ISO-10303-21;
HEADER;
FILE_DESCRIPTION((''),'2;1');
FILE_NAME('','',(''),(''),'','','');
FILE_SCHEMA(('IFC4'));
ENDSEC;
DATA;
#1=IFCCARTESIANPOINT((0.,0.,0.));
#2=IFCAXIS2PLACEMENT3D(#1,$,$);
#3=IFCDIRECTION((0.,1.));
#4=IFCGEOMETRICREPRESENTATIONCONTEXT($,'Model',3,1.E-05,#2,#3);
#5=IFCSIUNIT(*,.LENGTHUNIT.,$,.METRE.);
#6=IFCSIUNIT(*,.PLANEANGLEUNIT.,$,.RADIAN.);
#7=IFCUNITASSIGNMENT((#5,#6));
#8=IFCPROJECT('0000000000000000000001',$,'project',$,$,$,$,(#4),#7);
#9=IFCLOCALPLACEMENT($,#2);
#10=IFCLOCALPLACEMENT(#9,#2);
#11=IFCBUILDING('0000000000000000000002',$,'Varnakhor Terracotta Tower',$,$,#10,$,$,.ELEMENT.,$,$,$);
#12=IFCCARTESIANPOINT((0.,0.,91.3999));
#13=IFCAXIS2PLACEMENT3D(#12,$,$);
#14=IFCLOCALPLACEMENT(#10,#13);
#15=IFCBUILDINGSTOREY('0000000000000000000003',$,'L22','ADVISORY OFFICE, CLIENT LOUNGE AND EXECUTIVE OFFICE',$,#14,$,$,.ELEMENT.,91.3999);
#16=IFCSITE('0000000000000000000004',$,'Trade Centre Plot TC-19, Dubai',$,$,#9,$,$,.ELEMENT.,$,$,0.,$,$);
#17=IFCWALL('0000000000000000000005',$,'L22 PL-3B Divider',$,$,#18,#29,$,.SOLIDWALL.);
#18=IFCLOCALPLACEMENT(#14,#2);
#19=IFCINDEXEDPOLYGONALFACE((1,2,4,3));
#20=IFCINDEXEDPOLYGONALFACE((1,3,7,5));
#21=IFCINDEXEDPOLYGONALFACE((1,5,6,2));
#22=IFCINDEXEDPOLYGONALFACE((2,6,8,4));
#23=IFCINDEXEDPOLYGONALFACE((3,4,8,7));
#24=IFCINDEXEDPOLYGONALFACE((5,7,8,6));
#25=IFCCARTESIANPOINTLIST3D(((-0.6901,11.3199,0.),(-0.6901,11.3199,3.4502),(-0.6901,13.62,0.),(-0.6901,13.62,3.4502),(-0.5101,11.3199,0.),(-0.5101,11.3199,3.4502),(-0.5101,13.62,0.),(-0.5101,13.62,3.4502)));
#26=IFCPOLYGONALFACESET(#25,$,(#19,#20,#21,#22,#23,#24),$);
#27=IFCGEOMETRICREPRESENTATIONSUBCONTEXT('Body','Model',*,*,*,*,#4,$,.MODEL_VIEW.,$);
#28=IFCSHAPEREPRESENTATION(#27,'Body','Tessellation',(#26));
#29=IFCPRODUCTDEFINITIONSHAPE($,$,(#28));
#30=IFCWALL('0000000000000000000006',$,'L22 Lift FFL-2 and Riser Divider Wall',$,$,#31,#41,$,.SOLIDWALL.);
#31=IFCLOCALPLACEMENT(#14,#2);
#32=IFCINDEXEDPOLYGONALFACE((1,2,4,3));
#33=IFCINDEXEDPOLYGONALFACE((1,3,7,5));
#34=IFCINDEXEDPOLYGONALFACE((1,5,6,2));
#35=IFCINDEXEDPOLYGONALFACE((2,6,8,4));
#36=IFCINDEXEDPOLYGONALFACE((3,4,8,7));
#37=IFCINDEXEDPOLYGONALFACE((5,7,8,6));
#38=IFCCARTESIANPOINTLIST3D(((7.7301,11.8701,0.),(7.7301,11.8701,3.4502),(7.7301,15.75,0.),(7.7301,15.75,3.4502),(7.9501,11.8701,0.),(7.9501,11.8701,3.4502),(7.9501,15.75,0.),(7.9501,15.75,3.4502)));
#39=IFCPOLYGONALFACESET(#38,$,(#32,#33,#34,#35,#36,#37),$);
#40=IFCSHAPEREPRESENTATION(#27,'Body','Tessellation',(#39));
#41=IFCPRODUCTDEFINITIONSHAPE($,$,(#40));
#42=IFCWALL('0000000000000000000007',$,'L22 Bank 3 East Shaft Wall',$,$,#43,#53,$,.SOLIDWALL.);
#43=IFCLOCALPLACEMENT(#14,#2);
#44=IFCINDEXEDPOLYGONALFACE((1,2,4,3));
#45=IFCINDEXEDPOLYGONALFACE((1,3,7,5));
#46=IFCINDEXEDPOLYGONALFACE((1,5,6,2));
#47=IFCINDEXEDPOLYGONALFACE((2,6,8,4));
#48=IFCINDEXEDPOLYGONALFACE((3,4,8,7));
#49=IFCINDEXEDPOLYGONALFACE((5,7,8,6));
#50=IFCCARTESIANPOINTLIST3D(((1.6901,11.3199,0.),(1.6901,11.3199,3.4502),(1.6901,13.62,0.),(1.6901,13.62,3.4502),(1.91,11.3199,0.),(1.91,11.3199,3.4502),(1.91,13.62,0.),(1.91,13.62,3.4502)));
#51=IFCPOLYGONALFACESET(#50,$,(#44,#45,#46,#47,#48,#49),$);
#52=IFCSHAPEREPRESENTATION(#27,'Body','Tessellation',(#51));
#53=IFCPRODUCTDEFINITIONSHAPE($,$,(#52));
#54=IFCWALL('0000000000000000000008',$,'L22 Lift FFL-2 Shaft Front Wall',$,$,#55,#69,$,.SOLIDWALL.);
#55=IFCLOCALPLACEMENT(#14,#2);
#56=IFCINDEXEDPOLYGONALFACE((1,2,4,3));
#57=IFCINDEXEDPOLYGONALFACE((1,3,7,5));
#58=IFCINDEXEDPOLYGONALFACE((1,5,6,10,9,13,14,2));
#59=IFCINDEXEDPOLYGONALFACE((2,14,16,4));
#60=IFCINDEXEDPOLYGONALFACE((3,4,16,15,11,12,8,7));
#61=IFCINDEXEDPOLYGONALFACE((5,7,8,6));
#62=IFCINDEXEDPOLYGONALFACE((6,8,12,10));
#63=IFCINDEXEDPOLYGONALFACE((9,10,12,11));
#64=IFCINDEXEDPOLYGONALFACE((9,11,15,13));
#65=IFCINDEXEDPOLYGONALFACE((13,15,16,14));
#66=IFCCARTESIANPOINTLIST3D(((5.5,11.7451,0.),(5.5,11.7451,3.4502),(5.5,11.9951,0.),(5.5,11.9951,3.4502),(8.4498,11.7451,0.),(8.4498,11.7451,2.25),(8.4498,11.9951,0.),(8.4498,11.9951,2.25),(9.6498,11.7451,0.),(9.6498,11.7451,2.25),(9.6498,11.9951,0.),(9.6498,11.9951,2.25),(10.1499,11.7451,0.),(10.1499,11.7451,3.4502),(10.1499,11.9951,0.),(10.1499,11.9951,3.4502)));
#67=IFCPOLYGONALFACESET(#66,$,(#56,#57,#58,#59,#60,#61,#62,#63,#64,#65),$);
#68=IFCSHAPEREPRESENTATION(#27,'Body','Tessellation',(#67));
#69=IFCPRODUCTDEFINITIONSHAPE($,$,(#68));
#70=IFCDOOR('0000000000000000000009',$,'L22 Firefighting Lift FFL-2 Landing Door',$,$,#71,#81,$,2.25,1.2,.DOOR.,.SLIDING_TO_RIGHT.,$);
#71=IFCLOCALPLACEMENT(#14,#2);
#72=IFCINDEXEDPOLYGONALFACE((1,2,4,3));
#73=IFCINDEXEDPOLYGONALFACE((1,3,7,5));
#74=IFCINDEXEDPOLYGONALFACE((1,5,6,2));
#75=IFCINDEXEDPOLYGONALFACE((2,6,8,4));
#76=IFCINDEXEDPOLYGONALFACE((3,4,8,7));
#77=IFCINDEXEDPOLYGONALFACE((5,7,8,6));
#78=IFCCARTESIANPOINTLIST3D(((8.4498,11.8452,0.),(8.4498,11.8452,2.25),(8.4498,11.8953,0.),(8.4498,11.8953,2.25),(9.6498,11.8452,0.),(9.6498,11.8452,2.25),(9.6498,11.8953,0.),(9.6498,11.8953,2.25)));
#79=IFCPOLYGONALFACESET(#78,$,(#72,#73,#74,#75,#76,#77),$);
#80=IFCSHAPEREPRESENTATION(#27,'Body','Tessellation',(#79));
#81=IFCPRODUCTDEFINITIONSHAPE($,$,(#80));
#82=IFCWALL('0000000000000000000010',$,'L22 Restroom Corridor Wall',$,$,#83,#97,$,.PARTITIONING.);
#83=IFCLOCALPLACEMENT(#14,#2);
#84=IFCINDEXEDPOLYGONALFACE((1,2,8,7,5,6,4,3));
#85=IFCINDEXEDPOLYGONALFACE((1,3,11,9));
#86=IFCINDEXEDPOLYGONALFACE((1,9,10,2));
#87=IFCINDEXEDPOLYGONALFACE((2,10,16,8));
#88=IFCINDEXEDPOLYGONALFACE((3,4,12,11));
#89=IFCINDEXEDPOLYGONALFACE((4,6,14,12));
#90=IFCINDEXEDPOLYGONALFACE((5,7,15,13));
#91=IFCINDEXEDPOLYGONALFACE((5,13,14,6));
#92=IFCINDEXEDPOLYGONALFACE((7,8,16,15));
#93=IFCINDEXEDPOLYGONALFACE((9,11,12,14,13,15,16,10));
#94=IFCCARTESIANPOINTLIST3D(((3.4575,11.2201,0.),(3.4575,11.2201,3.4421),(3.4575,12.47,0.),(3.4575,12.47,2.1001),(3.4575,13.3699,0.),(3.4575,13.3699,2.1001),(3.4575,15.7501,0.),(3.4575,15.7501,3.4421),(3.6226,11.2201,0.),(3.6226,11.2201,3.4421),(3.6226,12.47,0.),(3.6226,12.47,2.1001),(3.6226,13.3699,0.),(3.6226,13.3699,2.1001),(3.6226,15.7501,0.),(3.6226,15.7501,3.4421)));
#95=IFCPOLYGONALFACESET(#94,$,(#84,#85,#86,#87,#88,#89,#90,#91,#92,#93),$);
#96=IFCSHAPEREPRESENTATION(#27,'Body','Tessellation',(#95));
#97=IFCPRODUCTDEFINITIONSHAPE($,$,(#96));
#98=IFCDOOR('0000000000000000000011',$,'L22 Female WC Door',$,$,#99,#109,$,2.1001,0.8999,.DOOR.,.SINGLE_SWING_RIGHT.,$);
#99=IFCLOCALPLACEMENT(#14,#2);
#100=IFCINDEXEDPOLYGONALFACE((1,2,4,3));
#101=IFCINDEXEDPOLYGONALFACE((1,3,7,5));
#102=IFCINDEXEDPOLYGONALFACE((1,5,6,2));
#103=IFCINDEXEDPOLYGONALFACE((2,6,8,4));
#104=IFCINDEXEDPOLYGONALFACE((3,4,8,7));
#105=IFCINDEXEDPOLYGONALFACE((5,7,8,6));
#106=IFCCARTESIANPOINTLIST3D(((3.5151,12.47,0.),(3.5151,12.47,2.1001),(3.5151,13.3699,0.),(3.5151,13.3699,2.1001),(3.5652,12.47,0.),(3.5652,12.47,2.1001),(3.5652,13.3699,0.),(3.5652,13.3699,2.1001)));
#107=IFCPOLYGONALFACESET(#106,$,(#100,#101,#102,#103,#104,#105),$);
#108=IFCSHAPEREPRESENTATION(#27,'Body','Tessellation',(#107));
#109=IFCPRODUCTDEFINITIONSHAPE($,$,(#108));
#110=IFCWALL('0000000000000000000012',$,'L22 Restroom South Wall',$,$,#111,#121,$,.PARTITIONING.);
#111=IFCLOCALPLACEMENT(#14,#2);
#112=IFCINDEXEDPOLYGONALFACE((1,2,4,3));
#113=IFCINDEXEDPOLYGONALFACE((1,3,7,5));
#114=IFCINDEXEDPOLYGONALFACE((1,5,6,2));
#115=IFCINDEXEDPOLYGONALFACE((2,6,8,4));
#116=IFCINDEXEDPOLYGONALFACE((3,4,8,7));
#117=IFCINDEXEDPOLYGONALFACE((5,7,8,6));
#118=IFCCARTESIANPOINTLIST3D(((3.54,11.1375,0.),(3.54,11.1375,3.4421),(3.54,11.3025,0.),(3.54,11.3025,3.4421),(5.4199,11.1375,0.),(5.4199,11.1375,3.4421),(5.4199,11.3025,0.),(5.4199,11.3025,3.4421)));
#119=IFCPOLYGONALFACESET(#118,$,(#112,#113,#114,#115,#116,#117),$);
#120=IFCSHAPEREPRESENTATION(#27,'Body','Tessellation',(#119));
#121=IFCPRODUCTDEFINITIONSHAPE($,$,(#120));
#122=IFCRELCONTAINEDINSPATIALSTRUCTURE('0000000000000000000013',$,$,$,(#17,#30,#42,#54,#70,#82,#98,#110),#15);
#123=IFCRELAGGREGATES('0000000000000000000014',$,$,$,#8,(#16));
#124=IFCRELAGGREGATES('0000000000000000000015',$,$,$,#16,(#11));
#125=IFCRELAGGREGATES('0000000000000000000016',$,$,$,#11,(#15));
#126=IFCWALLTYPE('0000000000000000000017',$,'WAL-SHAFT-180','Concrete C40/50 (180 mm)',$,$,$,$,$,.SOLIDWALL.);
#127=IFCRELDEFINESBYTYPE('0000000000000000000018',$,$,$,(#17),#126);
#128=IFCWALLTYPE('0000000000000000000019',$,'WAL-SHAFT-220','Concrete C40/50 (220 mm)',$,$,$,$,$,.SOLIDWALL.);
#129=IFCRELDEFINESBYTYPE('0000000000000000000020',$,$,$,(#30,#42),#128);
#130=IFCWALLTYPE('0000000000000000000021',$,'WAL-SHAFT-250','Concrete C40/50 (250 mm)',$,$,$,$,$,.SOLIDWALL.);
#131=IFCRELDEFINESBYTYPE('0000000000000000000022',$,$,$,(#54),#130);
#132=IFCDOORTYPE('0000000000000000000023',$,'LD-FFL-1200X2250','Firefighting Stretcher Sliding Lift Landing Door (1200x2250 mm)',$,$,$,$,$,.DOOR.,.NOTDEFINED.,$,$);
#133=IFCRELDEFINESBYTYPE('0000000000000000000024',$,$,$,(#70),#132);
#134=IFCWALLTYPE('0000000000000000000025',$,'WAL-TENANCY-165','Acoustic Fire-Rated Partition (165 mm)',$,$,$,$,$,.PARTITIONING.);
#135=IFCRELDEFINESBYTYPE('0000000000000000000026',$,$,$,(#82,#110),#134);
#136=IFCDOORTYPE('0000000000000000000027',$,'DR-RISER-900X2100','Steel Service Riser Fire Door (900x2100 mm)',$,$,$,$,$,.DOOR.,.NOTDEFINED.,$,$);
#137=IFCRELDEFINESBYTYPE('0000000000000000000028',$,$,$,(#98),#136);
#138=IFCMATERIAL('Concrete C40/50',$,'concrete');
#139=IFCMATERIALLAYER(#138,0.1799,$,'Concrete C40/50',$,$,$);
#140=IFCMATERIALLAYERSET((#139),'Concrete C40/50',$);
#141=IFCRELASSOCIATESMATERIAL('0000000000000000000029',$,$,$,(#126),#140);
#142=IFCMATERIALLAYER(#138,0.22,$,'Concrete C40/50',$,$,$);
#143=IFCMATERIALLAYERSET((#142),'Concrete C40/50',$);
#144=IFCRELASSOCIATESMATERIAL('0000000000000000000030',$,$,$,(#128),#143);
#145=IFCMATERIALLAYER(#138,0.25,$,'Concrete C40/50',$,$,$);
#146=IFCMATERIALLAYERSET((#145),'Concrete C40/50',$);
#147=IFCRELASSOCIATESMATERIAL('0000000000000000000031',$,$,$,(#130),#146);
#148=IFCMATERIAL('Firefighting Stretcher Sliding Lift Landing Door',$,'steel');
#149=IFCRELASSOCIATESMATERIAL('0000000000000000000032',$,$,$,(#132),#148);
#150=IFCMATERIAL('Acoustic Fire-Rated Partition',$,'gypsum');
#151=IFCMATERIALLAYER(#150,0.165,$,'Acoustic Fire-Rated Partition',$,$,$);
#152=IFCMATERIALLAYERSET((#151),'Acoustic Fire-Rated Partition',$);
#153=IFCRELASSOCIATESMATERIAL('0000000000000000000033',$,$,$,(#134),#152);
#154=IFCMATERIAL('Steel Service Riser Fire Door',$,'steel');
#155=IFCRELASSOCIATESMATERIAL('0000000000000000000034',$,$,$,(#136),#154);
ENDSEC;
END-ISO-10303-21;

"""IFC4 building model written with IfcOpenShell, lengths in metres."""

from ifc_helpers import new_model, si_unit, direction, frame, frame_2d, origin, place, context, subcontext, project, spatial, rectangle, extrude, source, transform, mapped, material, layer, layer_set, type_object, type_shapes, element, fill, save


model = new_model("IFC4")

# Units and contexts
model_context = context("Model", 3, precision=1e-05, world=origin(), true_north=direction((0.0, 1.0)))
body_context = subcontext(model_context, "Body", "Model", "MODEL_VIEW")
ifc_project = project(units=[si_unit("LENGTHUNIT", "METRE"), si_unit("PLANEANGLEUNIT", "RADIAN")], contexts=[model_context])

# Site, building, storey
site_placement = place(None, origin())
site = spatial("IfcSite", under=ifc_project, at=site_placement, Name="Trade Centre Plot TC-19, Dubai", CompositionType="ELEMENT", RefElevation=0.0)
building_placement = place(site_placement, origin())
building = spatial("IfcBuilding", under=site, at=building_placement, Name="Varnakhor Terracotta Tower", CompositionType="ELEMENT")
storey_placement = place(building_placement, frame((0.0, 0.0, 91.3999)))
storey = spatial("IfcBuildingStorey", under=building, at=storey_placement, Name="L22", Description="ADVISORY OFFICE, CLIENT LOUNGE AND EXECUTIVE OFFICE", CompositionType="ELEMENT", Elevation=91.3999)

# Walls
ifc_material_1 = material(Name="Concrete C40/50", Category="concrete")
ifc_layer_1 = layer(ifc_material_1, 0.1799, Name="Concrete C40/50")
ifc_layer_set_1 = layer_set([ifc_layer_1], Name="Concrete C40/50")
wall_type_1 = type_object("IfcWallType", Name="WAL-SHAFT-180", Description="Concrete C40/50 (180 mm)", PredefinedType="SOLIDWALL", material=ifc_layer_set_1)
wall_1_placement = place(storey_placement, frame((-0.6001, 11.3201, 0.0), z_axis=(0.0, 0.0, 1.0), x_axis=(0.0, 1.0, 0.0)))
element("IfcWall", 1, at=wall_1_placement, inside=storey, type_object=wall_type_1, Name="L22 PL-3B Divider", PredefinedType="SOLIDWALL", context=body_context, shape_type="SweptSolid", body=[
    extrude(rectangle(XDim=2.3, YDim=0.1799, at=frame_2d((1.1499, 0.0))), origin(), (0.0, 0.0, 1.0), 3.4502),
])
ifc_layer_2 = layer(ifc_material_1, 0.22, Name="Concrete C40/50")
ifc_layer_set_2 = layer_set([ifc_layer_2], Name="Concrete C40/50")
wall_type_2 = type_object("IfcWallType", Name="WAL-SHAFT-220", Description="Concrete C40/50 (220 mm)", PredefinedType="SOLIDWALL", material=ifc_layer_set_2)
wall_2_placement = place(storey_placement, frame((7.8401, 11.8701, 0.0), z_axis=(0.0, 0.0, 1.0), x_axis=(0.0, 1.0, 0.0)))
element("IfcWall", 2, at=wall_2_placement, inside=storey, type_object=wall_type_2, Name="L22 Lift FFL-2 and Riser Divider Wall", PredefinedType="SOLIDWALL", context=body_context, shape_type="SweptSolid", body=[
    extrude(rectangle(XDim=3.8799, YDim=0.22, at=frame_2d((1.9399, 0.0))), origin(), (0.0, 0.0, 1.0), 3.4502),
])
wall_3_placement = place(storey_placement, frame((1.8, 11.3201, 0.0), z_axis=(0.0, 0.0, 1.0), x_axis=(0.0, 1.0, 0.0)))
element("IfcWall", 3, at=wall_3_placement, inside=storey, type_object=wall_type_2, Name="L22 Bank 3 East Shaft Wall", PredefinedType="SOLIDWALL", context=body_context, shape_type="SweptSolid", body=[
    extrude(rectangle(XDim=2.3, YDim=0.22, at=frame_2d((1.1499, 0.0))), origin(), (0.0, 0.0, 1.0), 3.4502),
])

# Walls, openings, doors
ifc_layer_3 = layer(ifc_material_1, 0.25, Name="Concrete C40/50")
ifc_layer_set_3 = layer_set([ifc_layer_3], Name="Concrete C40/50")
wall_type_3 = type_object("IfcWallType", Name="WAL-SHAFT-250", Description="Concrete C40/50 (250 mm)", PredefinedType="SOLIDWALL", material=ifc_layer_set_3)
wall_4_placement = place(storey_placement, frame((10.1499, 11.8701, 0.0), z_axis=(0.0, 0.0, 1.0), x_axis=(-1.0, 0.0, 0.0)))
wall_4 = element("IfcWall", 4, at=wall_4_placement, inside=storey, type_object=wall_type_3, Name="L22 Lift FFL-2 Shaft Front Wall", PredefinedType="SOLIDWALL", context=body_context, shape_type="SweptSolid", body=[
    extrude(rectangle(XDim=4.6499, YDim=0.25, at=frame_2d((2.325, 0.0))), origin(), (0.0, 0.0, 1.0), 3.4502),
])
opening_1_placement = place(wall_4_placement, frame((0.5, 0.0, 0.0)))
opening_1 = element("IfcOpeningElement", 5, at=opening_1_placement, cuts=wall_4, PredefinedType="OPENING", context=body_context, shape_type="SweptSolid", body=[
    extrude(rectangle(XDim=1.2, YDim=2.25, at=frame_2d((0.6001, 1.125))), frame((0.0, 0.135, 0.0), z_axis=(0.0, -1.0, 0.0), x_axis=(1.0, 0.0, 0.0)), (0.0, 0.0, 1.0), 0.27),
])
ifc_material_2 = material(Name="Firefighting Stretcher Sliding Lift Landing Door", Category="steel")
door_type_1 = type_object("IfcDoorType", Name="LD-FFL-1200X2250", Description="Firefighting Stretcher Sliding Lift Landing Door (1200x2250 mm)", OperationType="NOTDEFINED", PredefinedType="DOOR", material=ifc_material_2)
shared_shape_1 = source(origin(), body_context, "Body", "SweptSolid", [
    extrude(rectangle(XDim=1.2, YDim=2.25, at=frame_2d((0.6001, 1.125))), frame((0.0, 0.0249, 0.0), z_axis=(0.0, -1.0, 0.0), x_axis=(1.0, 0.0, 0.0)), (0.0, 0.0, 1.0), 0.05),
])
type_shapes(door_type_1, [shared_shape_1])
door_1_placement = place(opening_1_placement, origin())
door_1 = element("IfcDoor", 6, at=door_1_placement, inside=storey, type_object=door_type_1, Name="L22 Firefighting Lift FFL-2 Landing Door", OperationType="SLIDING_TO_RIGHT", OverallHeight=2.25, OverallWidth=1.2, PredefinedType="DOOR", context=body_context, shape_type="MappedRepresentation", body=[
    mapped(shared_shape_1, transform((0.0, 0.0, 0.0), scale=1.0)),
])
fill(opening_1, door_1)
ifc_material_3 = material(Name="Acoustic Fire-Rated Partition", Category="gypsum")
ifc_layer_4 = layer(ifc_material_3, 0.165, Name="Acoustic Fire-Rated Partition")
ifc_layer_set_4 = layer_set([ifc_layer_4], Name="Acoustic Fire-Rated Partition")
wall_type_4 = type_object("IfcWallType", Name="WAL-TENANCY-165", Description="Acoustic Fire-Rated Partition (165 mm)", PredefinedType="PARTITIONING", material=ifc_layer_set_4)
wall_5_placement = place(storey_placement, frame((3.54, 11.22, 0.0), z_axis=(0.0, 0.0, 1.0), x_axis=(0.0, 1.0, 0.0)))
wall_5 = element("IfcWall", 7, at=wall_5_placement, inside=storey, type_object=wall_type_4, Name="L22 Restroom Corridor Wall", PredefinedType="PARTITIONING", context=body_context, shape_type="SweptSolid", body=[
    extrude(rectangle(XDim=4.53, YDim=0.165, at=frame_2d((2.2651, 0.0))), origin(), (0.0, 0.0, 1.0), 3.4421),
])
opening_2_placement = place(wall_5_placement, frame((1.25, 0.0, 0.0)))
opening_2 = element("IfcOpeningElement", 8, at=opening_2_placement, cuts=wall_5, PredefinedType="OPENING", context=body_context, shape_type="SweptSolid", body=[
    extrude(rectangle(XDim=0.8999, YDim=2.1001, at=frame_2d((0.45, 1.05))), frame((0.0, 0.0925, 0.0), z_axis=(0.0, -1.0, 0.0), x_axis=(1.0, 0.0, 0.0)), (0.0, 0.0, 1.0), 0.1851),
])
ifc_material_4 = material(Name="Steel Service Riser Fire Door", Category="steel")
door_type_2 = type_object("IfcDoorType", Name="DR-RISER-900X2100", Description="Steel Service Riser Fire Door (900x2100 mm)", OperationType="NOTDEFINED", PredefinedType="DOOR", material=ifc_material_4)
shared_shape_2 = source(origin(), body_context, "Body", "SweptSolid", [
    extrude(rectangle(XDim=0.8999, YDim=2.1001, at=frame_2d((0.45, 1.05))), frame((0.0, 0.0249, 0.0), z_axis=(0.0, -1.0, 0.0), x_axis=(1.0, 0.0, 0.0)), (0.0, 0.0, 1.0), 0.05),
])
type_shapes(door_type_2, [shared_shape_2])
door_2_placement = place(opening_2_placement, origin())
door_2 = element("IfcDoor", 9, at=door_2_placement, inside=storey, type_object=door_type_2, Name="L22 Female WC Door", OperationType="SINGLE_SWING_RIGHT", OverallHeight=2.1001, OverallWidth=0.8999, PredefinedType="DOOR", context=body_context, shape_type="MappedRepresentation", body=[
    mapped(shared_shape_2, transform((0.0, 0.0, 0.0), scale=1.0)),
])
fill(opening_2, door_2)

# Wall
wall_6_placement = place(storey_placement, frame((3.54, 11.22, 0.0), z_axis=(0.0, 0.0, 1.0), x_axis=(1.0, 0.0, 0.0)))
element("IfcWall", 10, at=wall_6_placement, inside=storey, type_object=wall_type_4, Name="L22 Restroom South Wall", PredefinedType="PARTITIONING", context=body_context, shape_type="SweptSolid", body=[
    extrude(rectangle(XDim=1.8799, YDim=0.165, at=frame_2d((0.9399, 0.0))), origin(), (0.0, 0.0, 1.0), 3.4421),
])

save(model, "model.ifc")
